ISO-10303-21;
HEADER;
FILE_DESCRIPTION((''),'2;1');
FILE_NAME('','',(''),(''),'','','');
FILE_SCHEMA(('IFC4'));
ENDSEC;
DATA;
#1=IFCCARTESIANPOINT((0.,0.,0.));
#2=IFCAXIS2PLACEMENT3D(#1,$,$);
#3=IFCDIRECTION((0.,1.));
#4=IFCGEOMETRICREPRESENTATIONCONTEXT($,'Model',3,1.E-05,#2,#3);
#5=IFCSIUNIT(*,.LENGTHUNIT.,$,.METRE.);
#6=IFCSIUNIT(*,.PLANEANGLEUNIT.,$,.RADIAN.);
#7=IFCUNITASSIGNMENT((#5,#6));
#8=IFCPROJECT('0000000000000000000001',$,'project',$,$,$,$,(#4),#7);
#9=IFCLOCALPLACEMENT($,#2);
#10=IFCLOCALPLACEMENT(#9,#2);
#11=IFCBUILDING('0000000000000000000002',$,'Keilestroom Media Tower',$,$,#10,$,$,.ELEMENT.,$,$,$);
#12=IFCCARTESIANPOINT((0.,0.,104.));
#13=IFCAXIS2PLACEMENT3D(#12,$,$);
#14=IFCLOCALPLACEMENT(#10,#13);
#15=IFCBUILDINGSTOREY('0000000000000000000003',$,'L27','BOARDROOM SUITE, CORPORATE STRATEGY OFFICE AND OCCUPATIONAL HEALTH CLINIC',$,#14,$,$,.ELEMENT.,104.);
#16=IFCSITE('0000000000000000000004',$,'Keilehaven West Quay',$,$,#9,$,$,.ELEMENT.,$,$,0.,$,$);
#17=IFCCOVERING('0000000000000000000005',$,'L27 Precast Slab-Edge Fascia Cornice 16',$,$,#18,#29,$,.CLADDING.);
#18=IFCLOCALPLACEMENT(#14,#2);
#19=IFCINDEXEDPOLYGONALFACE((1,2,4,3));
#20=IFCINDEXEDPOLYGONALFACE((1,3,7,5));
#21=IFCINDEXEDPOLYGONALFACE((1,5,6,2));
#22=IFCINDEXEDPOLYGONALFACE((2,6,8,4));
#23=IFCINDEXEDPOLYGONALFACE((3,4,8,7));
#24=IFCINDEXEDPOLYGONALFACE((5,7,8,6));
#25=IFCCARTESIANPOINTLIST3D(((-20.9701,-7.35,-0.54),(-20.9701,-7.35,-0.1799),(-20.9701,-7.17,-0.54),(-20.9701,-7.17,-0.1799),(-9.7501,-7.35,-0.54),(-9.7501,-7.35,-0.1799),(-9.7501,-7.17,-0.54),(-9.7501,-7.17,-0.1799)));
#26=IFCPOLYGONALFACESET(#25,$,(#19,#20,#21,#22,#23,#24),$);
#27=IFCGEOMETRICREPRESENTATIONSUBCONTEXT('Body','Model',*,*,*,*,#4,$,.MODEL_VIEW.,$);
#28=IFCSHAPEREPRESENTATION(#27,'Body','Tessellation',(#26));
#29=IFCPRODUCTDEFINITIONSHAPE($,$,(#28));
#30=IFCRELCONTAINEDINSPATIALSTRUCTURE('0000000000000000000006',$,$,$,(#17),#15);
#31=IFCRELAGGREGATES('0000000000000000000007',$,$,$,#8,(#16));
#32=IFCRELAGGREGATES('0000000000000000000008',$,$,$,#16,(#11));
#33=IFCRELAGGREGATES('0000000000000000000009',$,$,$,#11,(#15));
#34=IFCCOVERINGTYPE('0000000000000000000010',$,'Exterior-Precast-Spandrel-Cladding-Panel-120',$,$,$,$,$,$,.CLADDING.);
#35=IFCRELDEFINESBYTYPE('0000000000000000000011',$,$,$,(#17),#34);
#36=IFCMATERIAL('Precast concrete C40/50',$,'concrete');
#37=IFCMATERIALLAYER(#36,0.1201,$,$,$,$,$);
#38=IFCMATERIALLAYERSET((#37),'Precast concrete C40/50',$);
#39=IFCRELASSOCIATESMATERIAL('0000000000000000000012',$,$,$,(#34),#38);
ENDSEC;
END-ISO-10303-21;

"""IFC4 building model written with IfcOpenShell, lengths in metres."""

from ifc_helpers import new_model, si_unit, direction, frame, origin, origin_2d, place, context, subcontext, project, spatial, rectangle, extrude, source, transform, mapped, material, layer, layer_set, type_object, element, save


model = new_model("IFC4")

# Units and contexts
model_context = context("Model", 3, precision=1e-05, world=origin(), true_north=direction((0.0, 1.0)))
body_context = subcontext(model_context, "Body", "Model", "MODEL_VIEW")
ifc_project = project(units=[si_unit("LENGTHUNIT", "METRE"), si_unit("PLANEANGLEUNIT", "RADIAN")], contexts=[model_context])

# Site, building, storey
site_placement = place(None, origin())
site = spatial("IfcSite", under=ifc_project, at=site_placement, Name="Keilehaven West Quay", CompositionType="ELEMENT", RefElevation=0.0)
building_placement = place(site_placement, origin())
building = spatial("IfcBuilding", under=site, at=building_placement, Name="Keilestroom Media Tower", CompositionType="ELEMENT")
storey_placement = place(building_placement, frame((0.0, 0.0, 104.0)))
storey = spatial("IfcBuildingStorey", under=building, at=storey_placement, Name="L27", Description="BOARDROOM SUITE, CORPORATE STRATEGY OFFICE AND OCCUPATIONAL HEALTH CLINIC", CompositionType="ELEMENT", Elevation=104.0)

# Shared definitions
ifc_material_1 = material(Name="Precast concrete C40/50", Category="concrete")

# Covering
ifc_layer_1 = layer(ifc_material_1, 0.1201)
ifc_layer_set_1 = layer_set([ifc_layer_1], Name="Precast concrete C40/50")
covering_type = type_object("IfcCoveringType", Name="Exterior-Precast-Spandrel-Cladding-Panel-120", PredefinedType="CLADDING", material=ifc_layer_set_1)
shared_shape_1 = source(origin(), body_context, "Body", "SweptSolid", [
    extrude(rectangle(XDim=11.22, YDim=0.1799, at=origin_2d()), origin(), (0.0, 0.0, 1.0), 0.3601),
])
covering_1_placement = place(storey_placement, frame((-15.3601, -7.26, -0.54), z_axis=(0.0, 0.0, 1.0), x_axis=(-1.0, 0.0, 0.0)))
element("IfcCovering", 1, at=covering_1_placement, inside=storey, type_object=covering_type, Name="L27 Precast Slab-Edge Fascia Cornice 16", PredefinedType="CLADDING", context=body_context, shape_type="MappedRepresentation", body=[
    mapped(shared_shape_1, transform((0.0, 0.0, 0.0), x_axis=(1.0, 0.0, 0.0), y_axis=(0.0, 1.0, 0.0), z_axis=(0.0, 0.0, 1.0), scale=1.0)),
])

save(model, "model.ifc")
